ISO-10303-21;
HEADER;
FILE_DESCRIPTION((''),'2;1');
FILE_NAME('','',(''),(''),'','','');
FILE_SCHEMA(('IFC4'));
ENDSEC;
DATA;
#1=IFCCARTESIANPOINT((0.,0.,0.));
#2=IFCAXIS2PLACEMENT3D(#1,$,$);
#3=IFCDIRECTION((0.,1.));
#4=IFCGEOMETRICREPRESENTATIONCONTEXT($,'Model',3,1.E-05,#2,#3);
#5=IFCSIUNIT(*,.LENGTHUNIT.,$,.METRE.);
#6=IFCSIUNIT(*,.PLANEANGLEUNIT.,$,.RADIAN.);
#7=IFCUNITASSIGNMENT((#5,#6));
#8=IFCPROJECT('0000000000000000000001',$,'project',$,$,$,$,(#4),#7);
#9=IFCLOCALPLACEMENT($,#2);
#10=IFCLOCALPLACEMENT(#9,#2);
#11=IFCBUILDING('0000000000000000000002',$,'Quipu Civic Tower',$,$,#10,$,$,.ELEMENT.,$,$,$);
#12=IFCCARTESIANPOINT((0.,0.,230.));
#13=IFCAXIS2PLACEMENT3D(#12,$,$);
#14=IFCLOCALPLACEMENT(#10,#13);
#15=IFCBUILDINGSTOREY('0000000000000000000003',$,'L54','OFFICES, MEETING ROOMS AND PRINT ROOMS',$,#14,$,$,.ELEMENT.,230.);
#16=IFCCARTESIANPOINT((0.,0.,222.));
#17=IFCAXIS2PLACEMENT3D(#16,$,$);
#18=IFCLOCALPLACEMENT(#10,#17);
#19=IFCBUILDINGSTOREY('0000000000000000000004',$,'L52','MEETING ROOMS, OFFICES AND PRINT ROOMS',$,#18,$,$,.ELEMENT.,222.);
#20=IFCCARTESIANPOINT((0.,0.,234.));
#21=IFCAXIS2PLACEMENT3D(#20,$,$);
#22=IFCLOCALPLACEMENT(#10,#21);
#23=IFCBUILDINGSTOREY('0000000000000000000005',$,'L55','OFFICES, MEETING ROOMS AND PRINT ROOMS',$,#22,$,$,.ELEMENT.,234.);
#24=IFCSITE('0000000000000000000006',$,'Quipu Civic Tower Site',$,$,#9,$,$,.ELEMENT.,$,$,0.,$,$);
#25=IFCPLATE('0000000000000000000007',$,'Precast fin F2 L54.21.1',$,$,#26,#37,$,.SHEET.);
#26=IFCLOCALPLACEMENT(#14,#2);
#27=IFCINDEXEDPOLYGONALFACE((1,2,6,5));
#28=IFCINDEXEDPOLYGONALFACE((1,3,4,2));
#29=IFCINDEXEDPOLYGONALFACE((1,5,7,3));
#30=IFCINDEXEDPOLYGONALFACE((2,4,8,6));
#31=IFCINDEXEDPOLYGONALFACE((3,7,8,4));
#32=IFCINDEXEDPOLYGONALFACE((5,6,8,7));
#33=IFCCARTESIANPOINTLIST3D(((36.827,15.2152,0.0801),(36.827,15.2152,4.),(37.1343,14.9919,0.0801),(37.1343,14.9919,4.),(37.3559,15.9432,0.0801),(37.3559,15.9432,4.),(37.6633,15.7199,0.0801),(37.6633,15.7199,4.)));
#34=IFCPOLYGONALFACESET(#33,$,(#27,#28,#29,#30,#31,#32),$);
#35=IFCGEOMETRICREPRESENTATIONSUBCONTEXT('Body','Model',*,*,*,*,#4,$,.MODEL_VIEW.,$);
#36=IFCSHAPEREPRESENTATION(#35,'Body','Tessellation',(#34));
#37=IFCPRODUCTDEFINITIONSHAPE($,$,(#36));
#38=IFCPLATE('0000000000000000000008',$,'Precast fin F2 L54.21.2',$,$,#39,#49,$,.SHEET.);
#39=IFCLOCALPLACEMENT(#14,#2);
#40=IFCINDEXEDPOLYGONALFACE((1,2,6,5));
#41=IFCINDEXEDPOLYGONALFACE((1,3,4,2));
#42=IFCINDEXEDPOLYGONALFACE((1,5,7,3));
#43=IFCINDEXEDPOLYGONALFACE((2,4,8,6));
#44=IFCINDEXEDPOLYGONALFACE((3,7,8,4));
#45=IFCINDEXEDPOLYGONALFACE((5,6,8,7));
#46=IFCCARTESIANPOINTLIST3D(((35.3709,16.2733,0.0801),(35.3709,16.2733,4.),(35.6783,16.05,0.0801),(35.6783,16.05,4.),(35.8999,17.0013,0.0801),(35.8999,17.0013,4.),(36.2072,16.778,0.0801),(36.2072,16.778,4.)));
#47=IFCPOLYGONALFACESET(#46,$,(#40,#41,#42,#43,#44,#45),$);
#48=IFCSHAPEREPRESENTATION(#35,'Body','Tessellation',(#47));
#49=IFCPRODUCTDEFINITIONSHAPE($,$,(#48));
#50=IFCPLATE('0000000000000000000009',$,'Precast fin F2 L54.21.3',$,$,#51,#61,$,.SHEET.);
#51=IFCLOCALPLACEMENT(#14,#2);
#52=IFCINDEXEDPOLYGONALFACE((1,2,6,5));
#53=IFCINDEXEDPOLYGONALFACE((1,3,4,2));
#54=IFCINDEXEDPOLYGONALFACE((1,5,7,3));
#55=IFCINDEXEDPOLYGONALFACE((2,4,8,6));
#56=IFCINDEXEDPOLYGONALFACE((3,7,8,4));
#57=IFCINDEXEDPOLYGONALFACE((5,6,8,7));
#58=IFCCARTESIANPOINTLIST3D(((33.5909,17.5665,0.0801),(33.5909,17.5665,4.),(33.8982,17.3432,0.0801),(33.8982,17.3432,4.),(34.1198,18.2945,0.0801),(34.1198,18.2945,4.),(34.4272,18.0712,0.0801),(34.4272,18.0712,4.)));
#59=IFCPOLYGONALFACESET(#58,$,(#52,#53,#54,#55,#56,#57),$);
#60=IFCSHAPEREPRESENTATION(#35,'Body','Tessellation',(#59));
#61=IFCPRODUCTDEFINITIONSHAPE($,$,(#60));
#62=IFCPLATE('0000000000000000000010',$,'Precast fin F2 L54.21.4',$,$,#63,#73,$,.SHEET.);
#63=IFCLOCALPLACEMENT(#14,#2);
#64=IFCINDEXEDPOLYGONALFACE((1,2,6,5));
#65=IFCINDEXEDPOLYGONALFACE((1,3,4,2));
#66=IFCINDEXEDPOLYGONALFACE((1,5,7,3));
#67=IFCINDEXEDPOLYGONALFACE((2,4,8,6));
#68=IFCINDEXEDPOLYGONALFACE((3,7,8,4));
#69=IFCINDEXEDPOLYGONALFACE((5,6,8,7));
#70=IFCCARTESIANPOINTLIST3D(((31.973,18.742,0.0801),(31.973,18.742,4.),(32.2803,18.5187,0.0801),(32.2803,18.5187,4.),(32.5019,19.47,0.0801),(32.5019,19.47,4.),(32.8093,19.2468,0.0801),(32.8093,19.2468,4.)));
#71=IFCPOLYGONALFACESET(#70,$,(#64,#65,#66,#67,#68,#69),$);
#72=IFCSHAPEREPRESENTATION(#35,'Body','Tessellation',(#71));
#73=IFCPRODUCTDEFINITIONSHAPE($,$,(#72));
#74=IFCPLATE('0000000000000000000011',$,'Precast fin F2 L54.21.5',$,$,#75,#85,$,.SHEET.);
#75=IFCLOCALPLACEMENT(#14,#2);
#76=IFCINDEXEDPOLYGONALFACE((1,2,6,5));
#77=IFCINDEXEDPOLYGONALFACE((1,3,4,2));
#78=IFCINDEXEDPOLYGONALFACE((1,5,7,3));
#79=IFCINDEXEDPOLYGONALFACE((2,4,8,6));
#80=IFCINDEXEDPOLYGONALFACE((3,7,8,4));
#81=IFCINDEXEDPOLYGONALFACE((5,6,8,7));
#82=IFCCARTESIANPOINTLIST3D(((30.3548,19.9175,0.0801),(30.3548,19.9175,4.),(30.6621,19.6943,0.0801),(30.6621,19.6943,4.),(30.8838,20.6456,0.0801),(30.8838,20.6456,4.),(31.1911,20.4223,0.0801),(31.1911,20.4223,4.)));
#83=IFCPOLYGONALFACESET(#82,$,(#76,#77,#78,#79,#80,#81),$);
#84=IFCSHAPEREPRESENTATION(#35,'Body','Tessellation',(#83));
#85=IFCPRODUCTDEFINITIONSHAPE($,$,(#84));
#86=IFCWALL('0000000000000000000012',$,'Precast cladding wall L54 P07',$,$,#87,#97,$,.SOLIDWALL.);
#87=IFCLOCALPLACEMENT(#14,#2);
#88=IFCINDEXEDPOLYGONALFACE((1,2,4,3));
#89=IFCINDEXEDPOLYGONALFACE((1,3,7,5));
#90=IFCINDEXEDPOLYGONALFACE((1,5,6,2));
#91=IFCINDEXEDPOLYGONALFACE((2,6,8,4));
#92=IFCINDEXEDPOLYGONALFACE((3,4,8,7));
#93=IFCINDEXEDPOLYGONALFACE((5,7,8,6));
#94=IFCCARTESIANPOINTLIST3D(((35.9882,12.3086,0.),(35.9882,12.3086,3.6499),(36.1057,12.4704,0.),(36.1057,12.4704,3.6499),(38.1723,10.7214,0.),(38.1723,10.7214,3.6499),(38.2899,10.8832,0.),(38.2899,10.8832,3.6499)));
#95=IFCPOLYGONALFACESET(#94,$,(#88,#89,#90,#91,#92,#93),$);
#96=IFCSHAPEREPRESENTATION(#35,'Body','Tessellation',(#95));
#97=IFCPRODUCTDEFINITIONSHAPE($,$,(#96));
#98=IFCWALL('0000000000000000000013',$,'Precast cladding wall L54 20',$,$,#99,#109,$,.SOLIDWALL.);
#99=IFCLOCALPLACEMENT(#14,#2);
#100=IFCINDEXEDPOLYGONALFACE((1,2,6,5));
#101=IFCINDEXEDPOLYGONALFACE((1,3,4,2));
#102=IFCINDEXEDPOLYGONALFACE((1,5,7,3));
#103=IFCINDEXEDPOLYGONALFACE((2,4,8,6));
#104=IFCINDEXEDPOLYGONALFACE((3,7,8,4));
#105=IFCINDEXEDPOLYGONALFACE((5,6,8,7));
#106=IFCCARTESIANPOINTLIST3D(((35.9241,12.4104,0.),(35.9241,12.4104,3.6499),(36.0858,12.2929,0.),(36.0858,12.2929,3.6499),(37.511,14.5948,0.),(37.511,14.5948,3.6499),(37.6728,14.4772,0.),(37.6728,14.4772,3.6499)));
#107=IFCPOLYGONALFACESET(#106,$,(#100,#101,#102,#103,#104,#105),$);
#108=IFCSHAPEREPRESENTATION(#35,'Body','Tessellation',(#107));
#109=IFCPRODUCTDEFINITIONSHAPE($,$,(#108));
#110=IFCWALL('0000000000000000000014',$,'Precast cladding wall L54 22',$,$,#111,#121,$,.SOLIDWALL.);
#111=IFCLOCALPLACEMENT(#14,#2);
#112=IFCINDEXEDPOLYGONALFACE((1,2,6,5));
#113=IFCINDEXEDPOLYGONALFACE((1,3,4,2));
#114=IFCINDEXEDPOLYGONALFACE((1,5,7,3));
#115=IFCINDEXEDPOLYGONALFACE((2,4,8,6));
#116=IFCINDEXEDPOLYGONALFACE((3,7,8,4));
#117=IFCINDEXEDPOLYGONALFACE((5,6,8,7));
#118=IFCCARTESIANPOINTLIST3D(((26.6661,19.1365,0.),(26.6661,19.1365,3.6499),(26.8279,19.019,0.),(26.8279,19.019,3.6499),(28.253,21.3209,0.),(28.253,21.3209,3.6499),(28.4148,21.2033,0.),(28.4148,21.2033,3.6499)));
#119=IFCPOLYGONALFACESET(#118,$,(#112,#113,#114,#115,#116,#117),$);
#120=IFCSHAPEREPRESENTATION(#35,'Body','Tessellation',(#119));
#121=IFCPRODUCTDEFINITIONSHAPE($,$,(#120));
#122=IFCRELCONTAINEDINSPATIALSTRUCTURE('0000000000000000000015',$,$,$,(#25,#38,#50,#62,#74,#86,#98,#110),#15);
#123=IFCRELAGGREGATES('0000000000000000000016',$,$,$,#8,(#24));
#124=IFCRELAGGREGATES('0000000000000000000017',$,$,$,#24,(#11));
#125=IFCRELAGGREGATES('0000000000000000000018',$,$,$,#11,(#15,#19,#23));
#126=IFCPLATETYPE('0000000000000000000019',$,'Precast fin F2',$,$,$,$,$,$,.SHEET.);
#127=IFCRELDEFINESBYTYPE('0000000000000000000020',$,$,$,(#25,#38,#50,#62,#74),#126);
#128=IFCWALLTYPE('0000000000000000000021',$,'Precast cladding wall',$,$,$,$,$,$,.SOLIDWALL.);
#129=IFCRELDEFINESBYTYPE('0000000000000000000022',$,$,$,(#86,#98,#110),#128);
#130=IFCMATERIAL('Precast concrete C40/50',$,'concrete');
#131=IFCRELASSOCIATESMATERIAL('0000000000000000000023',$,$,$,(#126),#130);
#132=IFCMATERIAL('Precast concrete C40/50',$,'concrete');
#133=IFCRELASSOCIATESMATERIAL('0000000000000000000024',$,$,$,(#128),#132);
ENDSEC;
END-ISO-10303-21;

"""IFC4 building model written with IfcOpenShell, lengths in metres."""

from ifc_helpers import new_model, si_unit, direction, frame, frame_2d, origin, origin_2d, place, context, subcontext, project, spatial, rectangle, extrude, material, type_object, element, save


model = new_model("IFC4")

# Units and contexts
model_context = context("Model", 3, precision=1e-05, world=origin(), true_north=direction((0.0, 1.0)))
body_context = subcontext(model_context, "Body", "Model", "MODEL_VIEW")
ifc_project = project(units=[si_unit("LENGTHUNIT", "METRE"), si_unit("PLANEANGLEUNIT", "RADIAN")], contexts=[model_context])

# Site, building, storey
site_placement = place(None, origin())
site = spatial("IfcSite", under=ifc_project, at=site_placement, Name="Quipu Civic Tower Site", CompositionType="ELEMENT", RefElevation=0.0)
building_placement = place(site_placement, origin())
building = spatial("IfcBuilding", under=site, at=building_placement, Name="Quipu Civic Tower", CompositionType="ELEMENT")
storey_1_placement = place(building_placement, frame((0.0, 0.0, 230.0)))
storey_1 = spatial("IfcBuildingStorey", under=building, at=storey_1_placement, Name="L54", Description="OFFICES, MEETING ROOMS AND PRINT ROOMS", CompositionType="ELEMENT", Elevation=230.0)

# Shared definitions
storey_2_placement = place(building_placement, frame((0.0, 0.0, 222.0)))
storey_2 = spatial("IfcBuildingStorey", under=building, at=storey_2_placement, Name="L52", Description="MEETING ROOMS, OFFICES AND PRINT ROOMS", CompositionType="ELEMENT", Elevation=222.0)

# Shared definitions
storey_3_placement = place(building_placement, frame((0.0, 0.0, 234.0)))
storey_3 = spatial("IfcBuildingStorey", under=building, at=storey_3_placement, Name="L55", Description="OFFICES, MEETING ROOMS AND PRINT ROOMS", CompositionType="ELEMENT", Elevation=234.0)

# Plates
ifc_material_1 = material(Name="Precast concrete C40/50", Category="concrete")
plate_type_1 = type_object("IfcPlateType", Name="Precast fin F2", PredefinedType="SHEET", material=ifc_material_1)
for number, where, z_axis, x_axis, name in (
    (1, (37.2451, 15.4675, 0.0801), (0.0, 0.0, 1.0), (-0.809017, 0.587785, 0.0), "Precast fin F2 L54.21.1"),
    (2, (35.7891, 16.5256, 0.0801), (0.0, 0.0, 1.0), (-0.809017, 0.587785, 0.0), "Precast fin F2 L54.21.2"),
    (3, (34.009, 17.8188, 0.0801), (0.0, 0.0, 1.0), (-0.809017, 0.587785, 0.0), "Precast fin F2 L54.21.3"),
    (4, (32.3911, 18.9944, 0.0801), (0.0, 0.0, 1.0), (-0.809017, 0.587785, 0.0), "Precast fin F2 L54.21.4"),
    (5, (30.7729, 20.1699, 0.0801), (0.0, 0.0, 1.0), (-0.809017, 0.587785, 0.0), "Precast fin F2 L54.21.5"),
):
    element("IfcPlate", number, at=place(storey_1_placement, frame(where, z_axis=z_axis, x_axis=x_axis)), inside=storey_1, type_object=plate_type_1, Name=name, PredefinedType="SHEET", context=body_context, shape_type="SweptSolid", body=[
        extrude(rectangle(XDim=0.3799, YDim=0.8999, at=origin_2d()), origin(), (0.0, 0.0, 1.0), 3.9199),
    ])

# Walls
ifc_material_2 = material(Name="Precast concrete C40/50", Category="concrete")
wall_type = type_object("IfcWallType", Name="Precast cladding wall", PredefinedType="SOLIDWALL", material=ifc_material_2)
for number, where, z_axis, x_axis, name in (
    (6, (38.2312, 10.8022, 0.0), (0.0, 0.0, 1.0), (-0.808959, 0.587865, 0.0), "Precast cladding wall L54 P07"),
    (7, (36.0049, 12.3516, 0.0), (0.0, 0.0, 1.0), (0.587763, 0.809033, 0.0), "Precast cladding wall L54 20"),
    (8, (28.334, 21.2622, 0.0), (0.0, 0.0, 1.0), (-0.587763, -0.809033, 0.0), "Precast cladding wall L54 22"),
):
    element("IfcWall", number, at=place(storey_1_placement, frame(where, z_axis=z_axis, x_axis=x_axis)), inside=storey_1, type_object=wall_type, Name=name, PredefinedType="SOLIDWALL", context=body_context, shape_type="SweptSolid", body=[
        extrude(rectangle(XDim=2.7, YDim=0.2, at=frame_2d((1.3501, 0.0))), origin(), (0.0, 0.0, 1.0), 3.6499),
    ])

save(model, "model.ifc")
